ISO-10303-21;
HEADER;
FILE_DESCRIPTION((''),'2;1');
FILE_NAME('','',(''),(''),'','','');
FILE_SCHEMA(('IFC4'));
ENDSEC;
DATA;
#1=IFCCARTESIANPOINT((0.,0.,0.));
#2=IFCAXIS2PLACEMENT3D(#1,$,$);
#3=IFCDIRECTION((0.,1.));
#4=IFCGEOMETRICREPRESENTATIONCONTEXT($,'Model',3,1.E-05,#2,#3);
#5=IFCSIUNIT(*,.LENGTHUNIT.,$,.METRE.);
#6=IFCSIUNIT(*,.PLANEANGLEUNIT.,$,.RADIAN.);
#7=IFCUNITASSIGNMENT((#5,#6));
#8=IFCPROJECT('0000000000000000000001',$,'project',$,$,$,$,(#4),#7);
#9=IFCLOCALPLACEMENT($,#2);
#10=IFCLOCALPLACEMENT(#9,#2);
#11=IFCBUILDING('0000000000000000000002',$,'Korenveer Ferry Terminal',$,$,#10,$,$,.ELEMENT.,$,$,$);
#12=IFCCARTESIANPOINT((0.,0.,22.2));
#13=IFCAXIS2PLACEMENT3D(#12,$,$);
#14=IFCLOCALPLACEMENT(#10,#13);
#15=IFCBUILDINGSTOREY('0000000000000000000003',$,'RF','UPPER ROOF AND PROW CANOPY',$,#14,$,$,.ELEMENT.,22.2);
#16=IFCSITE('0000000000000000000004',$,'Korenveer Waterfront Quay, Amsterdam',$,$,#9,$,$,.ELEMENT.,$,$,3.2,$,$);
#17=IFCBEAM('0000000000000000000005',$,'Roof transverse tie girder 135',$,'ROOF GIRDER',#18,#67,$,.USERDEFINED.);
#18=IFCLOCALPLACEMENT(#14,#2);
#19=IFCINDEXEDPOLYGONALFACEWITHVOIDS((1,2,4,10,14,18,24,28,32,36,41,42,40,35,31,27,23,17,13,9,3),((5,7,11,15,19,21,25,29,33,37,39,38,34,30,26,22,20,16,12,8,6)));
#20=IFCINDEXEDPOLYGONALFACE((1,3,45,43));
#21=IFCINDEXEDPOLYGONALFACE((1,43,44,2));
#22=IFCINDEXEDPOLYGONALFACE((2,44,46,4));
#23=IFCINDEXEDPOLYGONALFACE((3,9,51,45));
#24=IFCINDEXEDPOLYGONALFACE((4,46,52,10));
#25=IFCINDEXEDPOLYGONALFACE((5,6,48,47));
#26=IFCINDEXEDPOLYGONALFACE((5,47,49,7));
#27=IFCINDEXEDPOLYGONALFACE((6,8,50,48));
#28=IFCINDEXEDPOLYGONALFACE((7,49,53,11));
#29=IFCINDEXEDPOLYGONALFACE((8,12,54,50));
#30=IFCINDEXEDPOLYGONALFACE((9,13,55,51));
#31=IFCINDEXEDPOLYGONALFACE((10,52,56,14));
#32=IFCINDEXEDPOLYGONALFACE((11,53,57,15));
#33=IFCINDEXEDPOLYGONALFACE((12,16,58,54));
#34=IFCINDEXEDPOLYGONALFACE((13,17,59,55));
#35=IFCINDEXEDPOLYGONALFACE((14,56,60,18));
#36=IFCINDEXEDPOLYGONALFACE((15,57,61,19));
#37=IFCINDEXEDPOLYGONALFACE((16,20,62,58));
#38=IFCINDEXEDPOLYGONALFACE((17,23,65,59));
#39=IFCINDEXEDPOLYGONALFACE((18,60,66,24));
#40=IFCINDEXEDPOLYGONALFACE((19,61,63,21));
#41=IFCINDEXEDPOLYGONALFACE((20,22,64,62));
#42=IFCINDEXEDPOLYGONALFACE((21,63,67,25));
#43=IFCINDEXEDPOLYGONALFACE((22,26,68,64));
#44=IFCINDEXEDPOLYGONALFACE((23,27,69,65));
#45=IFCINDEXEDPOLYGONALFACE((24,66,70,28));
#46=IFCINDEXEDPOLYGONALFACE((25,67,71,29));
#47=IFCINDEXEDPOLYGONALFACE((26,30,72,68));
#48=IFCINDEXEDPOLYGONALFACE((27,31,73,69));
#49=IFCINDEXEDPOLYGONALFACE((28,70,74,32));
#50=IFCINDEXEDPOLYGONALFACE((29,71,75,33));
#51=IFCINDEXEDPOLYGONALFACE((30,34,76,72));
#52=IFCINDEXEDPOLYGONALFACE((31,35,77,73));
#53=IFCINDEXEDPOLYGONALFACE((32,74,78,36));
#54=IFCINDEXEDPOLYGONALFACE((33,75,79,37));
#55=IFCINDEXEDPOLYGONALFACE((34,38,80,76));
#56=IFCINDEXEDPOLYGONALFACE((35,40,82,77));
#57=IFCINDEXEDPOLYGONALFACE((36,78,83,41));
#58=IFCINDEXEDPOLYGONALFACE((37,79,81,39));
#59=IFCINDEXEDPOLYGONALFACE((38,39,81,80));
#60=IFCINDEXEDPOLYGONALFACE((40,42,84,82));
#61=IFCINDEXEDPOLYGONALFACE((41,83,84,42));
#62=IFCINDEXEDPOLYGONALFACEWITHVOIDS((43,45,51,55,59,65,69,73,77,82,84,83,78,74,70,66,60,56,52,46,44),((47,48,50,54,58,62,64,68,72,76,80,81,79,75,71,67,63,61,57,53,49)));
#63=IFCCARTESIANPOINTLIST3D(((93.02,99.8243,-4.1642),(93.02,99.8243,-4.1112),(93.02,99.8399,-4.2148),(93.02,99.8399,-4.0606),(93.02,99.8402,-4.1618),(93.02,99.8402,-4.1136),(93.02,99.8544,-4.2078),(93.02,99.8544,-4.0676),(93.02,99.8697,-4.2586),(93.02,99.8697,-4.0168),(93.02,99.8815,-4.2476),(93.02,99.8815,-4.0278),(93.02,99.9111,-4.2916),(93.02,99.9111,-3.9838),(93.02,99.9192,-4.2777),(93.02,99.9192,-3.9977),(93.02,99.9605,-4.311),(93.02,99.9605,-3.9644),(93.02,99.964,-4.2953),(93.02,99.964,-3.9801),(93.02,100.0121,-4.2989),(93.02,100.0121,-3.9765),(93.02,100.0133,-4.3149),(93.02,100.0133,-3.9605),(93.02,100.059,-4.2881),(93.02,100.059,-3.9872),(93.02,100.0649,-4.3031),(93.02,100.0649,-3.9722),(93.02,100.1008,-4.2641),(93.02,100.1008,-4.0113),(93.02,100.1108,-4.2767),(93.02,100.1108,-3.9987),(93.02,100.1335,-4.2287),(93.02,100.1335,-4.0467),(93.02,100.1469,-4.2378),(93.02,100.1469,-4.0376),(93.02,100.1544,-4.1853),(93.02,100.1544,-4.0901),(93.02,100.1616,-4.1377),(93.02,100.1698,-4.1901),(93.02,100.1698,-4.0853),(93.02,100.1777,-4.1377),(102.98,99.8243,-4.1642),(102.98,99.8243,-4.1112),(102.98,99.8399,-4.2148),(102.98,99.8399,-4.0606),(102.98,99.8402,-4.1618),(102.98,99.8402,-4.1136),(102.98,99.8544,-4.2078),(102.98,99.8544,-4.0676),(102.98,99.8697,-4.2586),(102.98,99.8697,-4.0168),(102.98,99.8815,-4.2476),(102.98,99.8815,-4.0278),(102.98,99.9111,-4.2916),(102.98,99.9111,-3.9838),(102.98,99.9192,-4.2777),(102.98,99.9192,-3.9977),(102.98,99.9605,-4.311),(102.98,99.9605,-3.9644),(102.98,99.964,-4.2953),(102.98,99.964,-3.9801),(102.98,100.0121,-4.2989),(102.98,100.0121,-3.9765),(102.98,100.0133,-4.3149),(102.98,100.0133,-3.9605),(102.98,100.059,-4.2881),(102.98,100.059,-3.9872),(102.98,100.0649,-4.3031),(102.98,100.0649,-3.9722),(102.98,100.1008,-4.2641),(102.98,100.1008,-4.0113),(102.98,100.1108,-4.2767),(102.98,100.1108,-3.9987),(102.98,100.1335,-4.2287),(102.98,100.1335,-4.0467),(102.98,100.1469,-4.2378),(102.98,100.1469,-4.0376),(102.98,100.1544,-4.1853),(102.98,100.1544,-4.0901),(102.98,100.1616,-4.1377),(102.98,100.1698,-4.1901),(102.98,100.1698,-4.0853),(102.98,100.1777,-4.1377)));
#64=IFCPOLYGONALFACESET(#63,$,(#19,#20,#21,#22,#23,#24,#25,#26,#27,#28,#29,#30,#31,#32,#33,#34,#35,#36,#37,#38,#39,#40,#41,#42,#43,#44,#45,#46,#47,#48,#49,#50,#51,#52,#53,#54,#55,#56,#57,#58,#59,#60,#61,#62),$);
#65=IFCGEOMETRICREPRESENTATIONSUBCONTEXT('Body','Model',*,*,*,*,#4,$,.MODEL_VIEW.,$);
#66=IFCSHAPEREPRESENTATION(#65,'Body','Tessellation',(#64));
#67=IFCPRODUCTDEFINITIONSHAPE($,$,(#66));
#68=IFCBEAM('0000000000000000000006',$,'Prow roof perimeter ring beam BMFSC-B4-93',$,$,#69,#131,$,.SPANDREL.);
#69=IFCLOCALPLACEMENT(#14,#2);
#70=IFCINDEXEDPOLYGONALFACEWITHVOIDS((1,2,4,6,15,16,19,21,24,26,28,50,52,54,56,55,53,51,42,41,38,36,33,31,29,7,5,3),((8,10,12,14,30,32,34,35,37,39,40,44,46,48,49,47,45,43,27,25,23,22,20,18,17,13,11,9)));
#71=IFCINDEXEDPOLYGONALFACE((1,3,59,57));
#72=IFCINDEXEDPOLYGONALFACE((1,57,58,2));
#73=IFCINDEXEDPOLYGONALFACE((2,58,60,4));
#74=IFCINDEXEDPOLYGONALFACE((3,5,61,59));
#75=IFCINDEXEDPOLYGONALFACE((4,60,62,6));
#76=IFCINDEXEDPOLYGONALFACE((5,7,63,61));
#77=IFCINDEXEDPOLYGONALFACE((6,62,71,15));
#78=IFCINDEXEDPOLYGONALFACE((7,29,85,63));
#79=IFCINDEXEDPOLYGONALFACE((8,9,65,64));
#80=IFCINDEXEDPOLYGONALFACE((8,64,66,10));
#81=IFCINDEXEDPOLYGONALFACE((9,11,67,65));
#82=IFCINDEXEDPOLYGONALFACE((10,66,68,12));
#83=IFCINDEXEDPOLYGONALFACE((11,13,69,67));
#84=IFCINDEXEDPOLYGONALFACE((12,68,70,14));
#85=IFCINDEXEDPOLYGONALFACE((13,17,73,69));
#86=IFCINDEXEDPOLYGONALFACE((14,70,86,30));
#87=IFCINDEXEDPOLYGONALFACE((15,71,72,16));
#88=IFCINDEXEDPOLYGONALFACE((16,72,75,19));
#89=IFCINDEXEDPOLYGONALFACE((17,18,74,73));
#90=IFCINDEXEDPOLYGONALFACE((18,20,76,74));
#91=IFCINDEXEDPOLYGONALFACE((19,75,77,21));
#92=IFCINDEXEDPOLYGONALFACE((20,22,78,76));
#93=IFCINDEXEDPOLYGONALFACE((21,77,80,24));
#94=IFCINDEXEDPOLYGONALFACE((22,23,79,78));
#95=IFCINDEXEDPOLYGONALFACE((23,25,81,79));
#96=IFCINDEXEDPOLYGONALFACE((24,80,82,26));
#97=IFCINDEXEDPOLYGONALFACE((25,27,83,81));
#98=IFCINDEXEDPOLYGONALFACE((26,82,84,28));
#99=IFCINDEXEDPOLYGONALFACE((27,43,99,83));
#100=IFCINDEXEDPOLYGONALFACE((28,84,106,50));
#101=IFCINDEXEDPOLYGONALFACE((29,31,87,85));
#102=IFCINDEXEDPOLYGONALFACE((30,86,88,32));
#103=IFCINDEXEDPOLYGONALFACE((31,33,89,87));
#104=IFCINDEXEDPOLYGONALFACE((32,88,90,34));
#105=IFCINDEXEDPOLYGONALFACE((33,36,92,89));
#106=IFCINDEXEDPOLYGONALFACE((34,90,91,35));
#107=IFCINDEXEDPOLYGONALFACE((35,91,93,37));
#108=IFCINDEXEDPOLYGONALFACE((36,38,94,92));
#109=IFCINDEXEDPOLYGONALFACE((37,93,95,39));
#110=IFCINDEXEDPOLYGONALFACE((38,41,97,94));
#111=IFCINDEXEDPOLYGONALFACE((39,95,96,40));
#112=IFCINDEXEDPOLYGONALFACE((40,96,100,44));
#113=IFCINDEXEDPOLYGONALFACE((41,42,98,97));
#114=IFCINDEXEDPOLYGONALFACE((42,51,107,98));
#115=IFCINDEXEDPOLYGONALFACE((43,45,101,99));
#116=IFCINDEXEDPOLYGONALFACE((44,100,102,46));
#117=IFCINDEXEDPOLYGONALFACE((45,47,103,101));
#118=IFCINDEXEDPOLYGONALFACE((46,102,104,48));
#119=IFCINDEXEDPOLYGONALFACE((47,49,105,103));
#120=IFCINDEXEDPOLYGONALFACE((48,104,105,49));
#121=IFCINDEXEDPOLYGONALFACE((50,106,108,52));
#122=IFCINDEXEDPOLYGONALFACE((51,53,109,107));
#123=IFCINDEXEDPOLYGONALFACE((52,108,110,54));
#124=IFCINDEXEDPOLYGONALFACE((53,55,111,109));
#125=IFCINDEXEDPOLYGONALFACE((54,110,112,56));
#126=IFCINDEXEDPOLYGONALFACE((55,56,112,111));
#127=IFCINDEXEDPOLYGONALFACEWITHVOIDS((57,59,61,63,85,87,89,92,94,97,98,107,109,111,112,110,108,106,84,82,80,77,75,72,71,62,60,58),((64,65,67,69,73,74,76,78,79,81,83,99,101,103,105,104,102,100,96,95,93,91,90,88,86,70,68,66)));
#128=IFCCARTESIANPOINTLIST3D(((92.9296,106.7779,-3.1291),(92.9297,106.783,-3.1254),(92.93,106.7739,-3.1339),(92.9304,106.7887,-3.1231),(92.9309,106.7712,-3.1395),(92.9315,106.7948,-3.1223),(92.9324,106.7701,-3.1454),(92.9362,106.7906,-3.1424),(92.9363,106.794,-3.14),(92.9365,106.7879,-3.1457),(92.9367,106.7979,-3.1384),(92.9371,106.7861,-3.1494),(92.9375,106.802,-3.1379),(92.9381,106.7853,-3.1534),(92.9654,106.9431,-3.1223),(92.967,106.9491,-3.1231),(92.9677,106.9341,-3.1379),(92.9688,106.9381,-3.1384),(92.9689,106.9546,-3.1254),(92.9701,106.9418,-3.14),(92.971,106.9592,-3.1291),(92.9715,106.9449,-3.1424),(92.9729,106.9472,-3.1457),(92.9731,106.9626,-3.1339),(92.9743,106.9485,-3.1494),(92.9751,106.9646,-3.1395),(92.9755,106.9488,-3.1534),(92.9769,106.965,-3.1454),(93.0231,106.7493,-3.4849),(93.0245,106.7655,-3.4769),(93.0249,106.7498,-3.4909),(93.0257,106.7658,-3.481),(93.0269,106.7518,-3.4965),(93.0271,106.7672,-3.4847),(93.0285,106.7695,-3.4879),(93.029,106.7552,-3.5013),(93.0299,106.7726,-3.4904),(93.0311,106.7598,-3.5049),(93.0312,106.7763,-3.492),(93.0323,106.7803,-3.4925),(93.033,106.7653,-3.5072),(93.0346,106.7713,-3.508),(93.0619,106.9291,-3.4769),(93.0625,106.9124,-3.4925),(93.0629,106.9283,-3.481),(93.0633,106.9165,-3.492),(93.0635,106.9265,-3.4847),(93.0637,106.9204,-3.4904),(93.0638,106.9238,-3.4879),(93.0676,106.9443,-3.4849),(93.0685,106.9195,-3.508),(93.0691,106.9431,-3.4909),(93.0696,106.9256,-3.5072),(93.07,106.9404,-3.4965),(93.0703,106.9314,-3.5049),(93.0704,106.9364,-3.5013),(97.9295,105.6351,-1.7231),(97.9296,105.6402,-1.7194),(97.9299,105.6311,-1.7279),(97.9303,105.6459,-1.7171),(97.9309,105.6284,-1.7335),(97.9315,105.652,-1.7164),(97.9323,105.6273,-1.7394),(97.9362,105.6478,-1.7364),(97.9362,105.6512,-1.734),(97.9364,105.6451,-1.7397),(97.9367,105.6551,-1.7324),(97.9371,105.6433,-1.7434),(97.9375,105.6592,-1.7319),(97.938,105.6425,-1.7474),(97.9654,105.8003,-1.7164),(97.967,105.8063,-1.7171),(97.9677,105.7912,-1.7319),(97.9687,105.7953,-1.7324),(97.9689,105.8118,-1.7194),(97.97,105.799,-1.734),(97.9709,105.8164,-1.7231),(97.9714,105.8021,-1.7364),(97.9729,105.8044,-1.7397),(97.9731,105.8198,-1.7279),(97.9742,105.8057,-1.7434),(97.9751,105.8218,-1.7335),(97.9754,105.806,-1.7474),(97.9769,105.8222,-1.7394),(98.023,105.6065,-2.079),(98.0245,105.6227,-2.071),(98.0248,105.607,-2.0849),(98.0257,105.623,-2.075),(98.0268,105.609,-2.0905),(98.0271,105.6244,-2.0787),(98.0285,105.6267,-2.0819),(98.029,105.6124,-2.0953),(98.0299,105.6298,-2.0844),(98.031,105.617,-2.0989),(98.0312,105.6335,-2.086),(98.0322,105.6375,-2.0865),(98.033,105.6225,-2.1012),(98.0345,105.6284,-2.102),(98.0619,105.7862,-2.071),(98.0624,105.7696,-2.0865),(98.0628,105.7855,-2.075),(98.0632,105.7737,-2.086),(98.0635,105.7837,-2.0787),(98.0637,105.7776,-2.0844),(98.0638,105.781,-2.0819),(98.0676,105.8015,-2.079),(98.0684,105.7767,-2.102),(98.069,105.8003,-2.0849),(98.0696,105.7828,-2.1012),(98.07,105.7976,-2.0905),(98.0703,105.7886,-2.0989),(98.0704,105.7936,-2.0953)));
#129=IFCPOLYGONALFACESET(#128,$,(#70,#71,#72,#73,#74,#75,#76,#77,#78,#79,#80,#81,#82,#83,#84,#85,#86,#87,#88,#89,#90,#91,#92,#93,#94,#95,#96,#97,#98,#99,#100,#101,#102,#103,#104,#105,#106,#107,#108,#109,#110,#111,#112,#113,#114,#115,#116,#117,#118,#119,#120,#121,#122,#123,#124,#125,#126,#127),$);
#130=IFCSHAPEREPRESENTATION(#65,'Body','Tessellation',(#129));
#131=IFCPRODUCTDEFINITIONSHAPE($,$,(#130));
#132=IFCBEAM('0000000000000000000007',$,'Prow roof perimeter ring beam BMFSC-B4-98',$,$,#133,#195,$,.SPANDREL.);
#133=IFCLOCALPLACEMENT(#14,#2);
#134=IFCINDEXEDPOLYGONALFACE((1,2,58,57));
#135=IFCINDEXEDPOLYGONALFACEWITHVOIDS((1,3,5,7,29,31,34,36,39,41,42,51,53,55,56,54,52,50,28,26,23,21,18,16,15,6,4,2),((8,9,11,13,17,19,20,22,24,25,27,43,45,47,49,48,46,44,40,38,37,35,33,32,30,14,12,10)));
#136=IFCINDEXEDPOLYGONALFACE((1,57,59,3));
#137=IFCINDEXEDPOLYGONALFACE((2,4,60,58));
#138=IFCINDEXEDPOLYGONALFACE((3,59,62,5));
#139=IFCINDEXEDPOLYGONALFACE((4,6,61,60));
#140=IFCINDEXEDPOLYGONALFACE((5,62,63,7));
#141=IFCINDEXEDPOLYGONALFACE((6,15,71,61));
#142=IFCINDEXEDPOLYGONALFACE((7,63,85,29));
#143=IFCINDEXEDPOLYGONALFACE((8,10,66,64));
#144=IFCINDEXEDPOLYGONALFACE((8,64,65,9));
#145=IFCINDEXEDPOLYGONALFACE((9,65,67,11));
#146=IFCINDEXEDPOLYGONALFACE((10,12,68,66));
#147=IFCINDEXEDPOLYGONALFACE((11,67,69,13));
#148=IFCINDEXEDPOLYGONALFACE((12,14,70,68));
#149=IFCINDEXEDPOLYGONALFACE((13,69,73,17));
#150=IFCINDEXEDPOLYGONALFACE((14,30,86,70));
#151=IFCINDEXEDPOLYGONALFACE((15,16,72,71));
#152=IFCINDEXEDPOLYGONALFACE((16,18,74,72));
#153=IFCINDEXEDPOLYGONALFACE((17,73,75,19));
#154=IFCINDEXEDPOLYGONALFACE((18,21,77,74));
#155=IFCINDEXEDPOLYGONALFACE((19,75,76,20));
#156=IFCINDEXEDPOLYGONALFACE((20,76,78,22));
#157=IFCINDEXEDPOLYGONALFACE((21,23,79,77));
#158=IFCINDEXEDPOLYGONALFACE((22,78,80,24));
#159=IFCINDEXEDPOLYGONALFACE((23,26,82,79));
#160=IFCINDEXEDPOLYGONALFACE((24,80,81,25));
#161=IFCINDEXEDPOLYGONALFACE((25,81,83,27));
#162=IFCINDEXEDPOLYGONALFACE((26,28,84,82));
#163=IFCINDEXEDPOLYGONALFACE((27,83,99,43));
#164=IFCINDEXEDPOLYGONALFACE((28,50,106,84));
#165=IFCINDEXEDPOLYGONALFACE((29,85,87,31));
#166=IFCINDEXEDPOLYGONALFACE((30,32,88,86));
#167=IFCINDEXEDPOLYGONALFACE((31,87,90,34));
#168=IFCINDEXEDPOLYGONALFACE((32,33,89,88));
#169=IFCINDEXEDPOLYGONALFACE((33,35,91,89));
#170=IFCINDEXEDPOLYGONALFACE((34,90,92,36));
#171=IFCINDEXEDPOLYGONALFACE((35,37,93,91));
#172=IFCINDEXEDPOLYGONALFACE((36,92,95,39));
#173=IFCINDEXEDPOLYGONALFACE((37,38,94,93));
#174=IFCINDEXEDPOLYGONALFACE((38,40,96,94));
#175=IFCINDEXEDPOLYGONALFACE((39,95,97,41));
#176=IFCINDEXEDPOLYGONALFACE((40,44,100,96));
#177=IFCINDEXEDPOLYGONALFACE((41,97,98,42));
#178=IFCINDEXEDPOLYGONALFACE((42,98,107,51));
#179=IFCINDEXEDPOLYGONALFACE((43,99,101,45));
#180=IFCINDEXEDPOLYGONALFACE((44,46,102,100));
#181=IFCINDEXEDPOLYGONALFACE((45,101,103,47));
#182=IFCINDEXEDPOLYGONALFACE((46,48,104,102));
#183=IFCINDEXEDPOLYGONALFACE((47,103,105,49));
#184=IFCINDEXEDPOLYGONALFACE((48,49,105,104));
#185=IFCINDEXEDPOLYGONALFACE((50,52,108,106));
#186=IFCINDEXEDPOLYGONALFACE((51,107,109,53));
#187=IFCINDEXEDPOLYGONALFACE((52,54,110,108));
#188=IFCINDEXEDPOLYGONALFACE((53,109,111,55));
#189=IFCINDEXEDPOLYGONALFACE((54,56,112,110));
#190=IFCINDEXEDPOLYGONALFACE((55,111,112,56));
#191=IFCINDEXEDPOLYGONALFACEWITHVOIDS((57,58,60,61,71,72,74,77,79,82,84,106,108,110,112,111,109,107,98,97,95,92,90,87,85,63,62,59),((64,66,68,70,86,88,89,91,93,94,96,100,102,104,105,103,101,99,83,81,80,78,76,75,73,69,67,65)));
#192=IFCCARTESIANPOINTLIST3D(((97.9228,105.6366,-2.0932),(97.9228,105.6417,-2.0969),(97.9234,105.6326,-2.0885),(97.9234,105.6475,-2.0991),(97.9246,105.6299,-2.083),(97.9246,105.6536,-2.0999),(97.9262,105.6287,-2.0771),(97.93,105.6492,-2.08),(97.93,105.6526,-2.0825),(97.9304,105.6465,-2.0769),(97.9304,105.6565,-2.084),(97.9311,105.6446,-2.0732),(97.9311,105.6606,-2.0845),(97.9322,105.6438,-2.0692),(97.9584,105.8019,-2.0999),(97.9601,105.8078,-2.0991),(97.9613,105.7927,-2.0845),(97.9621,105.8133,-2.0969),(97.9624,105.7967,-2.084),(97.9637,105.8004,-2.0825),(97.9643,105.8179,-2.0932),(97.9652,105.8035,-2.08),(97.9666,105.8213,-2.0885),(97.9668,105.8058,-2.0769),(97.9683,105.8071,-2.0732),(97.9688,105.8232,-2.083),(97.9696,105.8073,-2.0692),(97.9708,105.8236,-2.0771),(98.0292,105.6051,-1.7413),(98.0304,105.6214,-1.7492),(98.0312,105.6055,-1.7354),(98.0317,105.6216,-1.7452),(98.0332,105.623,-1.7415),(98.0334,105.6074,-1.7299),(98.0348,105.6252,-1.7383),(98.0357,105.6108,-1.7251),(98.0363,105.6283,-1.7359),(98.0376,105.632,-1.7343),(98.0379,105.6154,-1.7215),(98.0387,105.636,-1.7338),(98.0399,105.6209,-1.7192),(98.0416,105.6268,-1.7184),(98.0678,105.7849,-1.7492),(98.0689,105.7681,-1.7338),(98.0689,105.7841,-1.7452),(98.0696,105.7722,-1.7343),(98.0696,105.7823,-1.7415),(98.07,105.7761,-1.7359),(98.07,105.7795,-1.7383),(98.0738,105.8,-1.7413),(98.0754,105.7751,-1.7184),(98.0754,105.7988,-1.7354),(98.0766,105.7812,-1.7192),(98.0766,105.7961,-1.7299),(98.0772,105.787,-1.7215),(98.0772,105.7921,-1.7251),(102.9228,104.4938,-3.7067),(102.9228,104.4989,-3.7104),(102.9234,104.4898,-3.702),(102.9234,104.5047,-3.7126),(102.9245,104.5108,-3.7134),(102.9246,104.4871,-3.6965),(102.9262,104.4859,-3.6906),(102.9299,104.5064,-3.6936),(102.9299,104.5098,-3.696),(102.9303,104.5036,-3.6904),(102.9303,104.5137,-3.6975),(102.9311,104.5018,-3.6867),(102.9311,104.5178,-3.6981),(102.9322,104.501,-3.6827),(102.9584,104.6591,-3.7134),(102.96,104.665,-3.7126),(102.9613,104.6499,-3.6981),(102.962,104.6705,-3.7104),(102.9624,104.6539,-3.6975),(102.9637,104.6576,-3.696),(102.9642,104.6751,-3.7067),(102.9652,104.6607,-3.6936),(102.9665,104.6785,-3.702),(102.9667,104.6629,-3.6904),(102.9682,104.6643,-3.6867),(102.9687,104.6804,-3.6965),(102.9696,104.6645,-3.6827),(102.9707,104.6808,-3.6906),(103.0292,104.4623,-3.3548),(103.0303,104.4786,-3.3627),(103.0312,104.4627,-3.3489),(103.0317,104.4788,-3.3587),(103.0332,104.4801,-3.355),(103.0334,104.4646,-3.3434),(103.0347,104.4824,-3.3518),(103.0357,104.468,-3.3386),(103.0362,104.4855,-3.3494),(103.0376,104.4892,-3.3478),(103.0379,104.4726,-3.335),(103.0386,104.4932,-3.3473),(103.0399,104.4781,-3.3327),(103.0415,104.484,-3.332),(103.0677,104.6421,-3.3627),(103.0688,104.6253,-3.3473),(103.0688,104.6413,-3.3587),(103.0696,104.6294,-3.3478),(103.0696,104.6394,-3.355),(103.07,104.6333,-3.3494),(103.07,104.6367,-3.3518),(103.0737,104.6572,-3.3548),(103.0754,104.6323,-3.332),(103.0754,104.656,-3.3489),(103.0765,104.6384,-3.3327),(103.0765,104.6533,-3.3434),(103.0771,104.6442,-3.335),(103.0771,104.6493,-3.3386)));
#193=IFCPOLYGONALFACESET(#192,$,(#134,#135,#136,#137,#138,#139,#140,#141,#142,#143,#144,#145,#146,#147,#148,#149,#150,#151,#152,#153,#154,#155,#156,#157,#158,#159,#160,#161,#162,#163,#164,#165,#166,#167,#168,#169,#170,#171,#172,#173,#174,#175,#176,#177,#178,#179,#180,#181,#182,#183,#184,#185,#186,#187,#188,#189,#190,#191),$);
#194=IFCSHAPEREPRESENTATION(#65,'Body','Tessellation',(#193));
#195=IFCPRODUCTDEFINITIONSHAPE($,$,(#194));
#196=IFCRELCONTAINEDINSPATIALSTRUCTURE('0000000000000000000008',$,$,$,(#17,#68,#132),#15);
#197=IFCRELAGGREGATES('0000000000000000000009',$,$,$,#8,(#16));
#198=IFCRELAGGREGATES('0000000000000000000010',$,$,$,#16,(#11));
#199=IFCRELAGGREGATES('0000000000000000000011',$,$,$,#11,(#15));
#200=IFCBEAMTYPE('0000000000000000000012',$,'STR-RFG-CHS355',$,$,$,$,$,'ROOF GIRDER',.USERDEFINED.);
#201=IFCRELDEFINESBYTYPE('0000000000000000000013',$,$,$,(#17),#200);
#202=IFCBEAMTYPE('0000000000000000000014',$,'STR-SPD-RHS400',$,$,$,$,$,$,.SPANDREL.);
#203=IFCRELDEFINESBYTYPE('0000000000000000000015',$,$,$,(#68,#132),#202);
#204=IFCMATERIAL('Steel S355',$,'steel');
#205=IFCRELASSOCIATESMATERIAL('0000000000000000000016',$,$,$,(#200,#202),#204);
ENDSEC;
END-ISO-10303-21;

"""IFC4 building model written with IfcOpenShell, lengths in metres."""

from ifc_helpers import new_model, si_unit, direction, frame, origin, origin_2d, place, context, subcontext, project, spatial, hollow_rectangle, hollow_circle, extrude, material, material_profile, profile_set, type_object, element, save


model = new_model("IFC4")

# Units and contexts
model_context = context("Model", 3, precision=1e-05, world=origin(), true_north=direction((0.0, 1.0)))
body_context = subcontext(model_context, "Body", "Model", "MODEL_VIEW")
ifc_project = project(units=[si_unit("LENGTHUNIT", "METRE"), si_unit("PLANEANGLEUNIT", "RADIAN")], contexts=[model_context])

# Site, building, storey
site_placement = place(None, origin())
site = spatial("IfcSite", under=ifc_project, at=site_placement, Name="Korenveer Waterfront Quay, Amsterdam", CompositionType="ELEMENT", RefElevation=3.2)
building_placement = place(site_placement, origin())
building = spatial("IfcBuilding", under=site, at=building_placement, Name="Korenveer Ferry Terminal", CompositionType="ELEMENT")
storey_placement = place(building_placement, frame((0.0, 0.0, 22.2)))
storey = spatial("IfcBuildingStorey", under=building, at=storey_placement, Name="RF", Description="UPPER ROOF AND PROW CANOPY", CompositionType="ELEMENT", Elevation=22.2)

# Shared definitions
ifc_material_1 = material(Name="Steel S355", Category="steel")

# Beams
ifc_material_profile_1 = material_profile(ifc_material_1, hollow_circle(Radius=0.1777, WallThickness=0.0161, at=origin_2d()), Name="CHS 355.6x16")
ifc_profile_set_1 = profile_set([ifc_material_profile_1], Name="Steel S355")
beam_type_1 = type_object("IfcBeamType", Name="STR-RFG-CHS355", ElementType="ROOF GIRDER", PredefinedType="USERDEFINED", material=ifc_profile_set_1)
beam_1_placement = place(storey_placement, frame((93.02, 100.0, -4.1377), z_axis=(1.0, 0.0, 0.0), x_axis=(0.0, 1.0, 0.0)))
element("IfcBeam", 1, at=beam_1_placement, inside=storey, type_object=beam_type_1, Name="Roof transverse tie girder 135", ObjectType="ROOF GIRDER", PredefinedType="USERDEFINED", context=body_context, shape_type="SweptSolid", body=[
    extrude(hollow_circle(Radius=0.1777, WallThickness=0.0161, at=origin_2d()), origin(), (0.0, 0.0, 1.0), 9.96),
])
ifc_material_profile_2 = material_profile(ifc_material_1, hollow_rectangle(XDim=0.2, YDim=0.3999, WallThickness=0.0161, InnerFilletRadius=0.0161, OuterFilletRadius=0.0239, at=origin_2d()), Name="RHS 400x200x16")
ifc_profile_set_2 = profile_set([ifc_material_profile_2], Name="Steel S355")
beam_type_2 = type_object("IfcBeamType", Name="STR-SPD-RHS400", PredefinedType="SPANDREL", material=ifc_profile_set_2)
beam_2_placement = place(storey_placement, frame((93.0, 106.8572, -3.3152), z_axis=(0.940174, -0.21489, 0.264378), x_axis=(0.222818, 0.97486, 0.0)))
element("IfcBeam", 2, at=beam_2_placement, inside=storey, type_object=beam_type_2, Name="Prow roof perimeter ring beam BMFSC-B4-93", PredefinedType="SPANDREL", context=body_context, shape_type="SweptSolid", body=[
    extrude(hollow_rectangle(XDim=0.2, YDim=0.3999, WallThickness=0.0161, InnerFilletRadius=0.0161, OuterFilletRadius=0.0239, at=origin_2d()), origin(), (0.0, 0.0, 1.0), 5.3181),
])
beam_3_placement = place(storey_placement, frame((98.0, 105.7144, -1.9092), z_axis=(0.929929, -0.212549, -0.300093), x_axis=(0.222818, 0.97486, 0.0)))
element("IfcBeam", 3, at=beam_3_placement, inside=storey, type_object=beam_type_2, Name="Prow roof perimeter ring beam BMFSC-B4-98", PredefinedType="SPANDREL", context=body_context, shape_type="SweptSolid", body=[
    extrude(hollow_rectangle(XDim=0.2, YDim=0.3999, WallThickness=0.0161, InnerFilletRadius=0.0161, OuterFilletRadius=0.0239, at=origin_2d()), origin(), (0.0, 0.0, 1.0), 5.3767),
])

save(model, "model.ifc")
